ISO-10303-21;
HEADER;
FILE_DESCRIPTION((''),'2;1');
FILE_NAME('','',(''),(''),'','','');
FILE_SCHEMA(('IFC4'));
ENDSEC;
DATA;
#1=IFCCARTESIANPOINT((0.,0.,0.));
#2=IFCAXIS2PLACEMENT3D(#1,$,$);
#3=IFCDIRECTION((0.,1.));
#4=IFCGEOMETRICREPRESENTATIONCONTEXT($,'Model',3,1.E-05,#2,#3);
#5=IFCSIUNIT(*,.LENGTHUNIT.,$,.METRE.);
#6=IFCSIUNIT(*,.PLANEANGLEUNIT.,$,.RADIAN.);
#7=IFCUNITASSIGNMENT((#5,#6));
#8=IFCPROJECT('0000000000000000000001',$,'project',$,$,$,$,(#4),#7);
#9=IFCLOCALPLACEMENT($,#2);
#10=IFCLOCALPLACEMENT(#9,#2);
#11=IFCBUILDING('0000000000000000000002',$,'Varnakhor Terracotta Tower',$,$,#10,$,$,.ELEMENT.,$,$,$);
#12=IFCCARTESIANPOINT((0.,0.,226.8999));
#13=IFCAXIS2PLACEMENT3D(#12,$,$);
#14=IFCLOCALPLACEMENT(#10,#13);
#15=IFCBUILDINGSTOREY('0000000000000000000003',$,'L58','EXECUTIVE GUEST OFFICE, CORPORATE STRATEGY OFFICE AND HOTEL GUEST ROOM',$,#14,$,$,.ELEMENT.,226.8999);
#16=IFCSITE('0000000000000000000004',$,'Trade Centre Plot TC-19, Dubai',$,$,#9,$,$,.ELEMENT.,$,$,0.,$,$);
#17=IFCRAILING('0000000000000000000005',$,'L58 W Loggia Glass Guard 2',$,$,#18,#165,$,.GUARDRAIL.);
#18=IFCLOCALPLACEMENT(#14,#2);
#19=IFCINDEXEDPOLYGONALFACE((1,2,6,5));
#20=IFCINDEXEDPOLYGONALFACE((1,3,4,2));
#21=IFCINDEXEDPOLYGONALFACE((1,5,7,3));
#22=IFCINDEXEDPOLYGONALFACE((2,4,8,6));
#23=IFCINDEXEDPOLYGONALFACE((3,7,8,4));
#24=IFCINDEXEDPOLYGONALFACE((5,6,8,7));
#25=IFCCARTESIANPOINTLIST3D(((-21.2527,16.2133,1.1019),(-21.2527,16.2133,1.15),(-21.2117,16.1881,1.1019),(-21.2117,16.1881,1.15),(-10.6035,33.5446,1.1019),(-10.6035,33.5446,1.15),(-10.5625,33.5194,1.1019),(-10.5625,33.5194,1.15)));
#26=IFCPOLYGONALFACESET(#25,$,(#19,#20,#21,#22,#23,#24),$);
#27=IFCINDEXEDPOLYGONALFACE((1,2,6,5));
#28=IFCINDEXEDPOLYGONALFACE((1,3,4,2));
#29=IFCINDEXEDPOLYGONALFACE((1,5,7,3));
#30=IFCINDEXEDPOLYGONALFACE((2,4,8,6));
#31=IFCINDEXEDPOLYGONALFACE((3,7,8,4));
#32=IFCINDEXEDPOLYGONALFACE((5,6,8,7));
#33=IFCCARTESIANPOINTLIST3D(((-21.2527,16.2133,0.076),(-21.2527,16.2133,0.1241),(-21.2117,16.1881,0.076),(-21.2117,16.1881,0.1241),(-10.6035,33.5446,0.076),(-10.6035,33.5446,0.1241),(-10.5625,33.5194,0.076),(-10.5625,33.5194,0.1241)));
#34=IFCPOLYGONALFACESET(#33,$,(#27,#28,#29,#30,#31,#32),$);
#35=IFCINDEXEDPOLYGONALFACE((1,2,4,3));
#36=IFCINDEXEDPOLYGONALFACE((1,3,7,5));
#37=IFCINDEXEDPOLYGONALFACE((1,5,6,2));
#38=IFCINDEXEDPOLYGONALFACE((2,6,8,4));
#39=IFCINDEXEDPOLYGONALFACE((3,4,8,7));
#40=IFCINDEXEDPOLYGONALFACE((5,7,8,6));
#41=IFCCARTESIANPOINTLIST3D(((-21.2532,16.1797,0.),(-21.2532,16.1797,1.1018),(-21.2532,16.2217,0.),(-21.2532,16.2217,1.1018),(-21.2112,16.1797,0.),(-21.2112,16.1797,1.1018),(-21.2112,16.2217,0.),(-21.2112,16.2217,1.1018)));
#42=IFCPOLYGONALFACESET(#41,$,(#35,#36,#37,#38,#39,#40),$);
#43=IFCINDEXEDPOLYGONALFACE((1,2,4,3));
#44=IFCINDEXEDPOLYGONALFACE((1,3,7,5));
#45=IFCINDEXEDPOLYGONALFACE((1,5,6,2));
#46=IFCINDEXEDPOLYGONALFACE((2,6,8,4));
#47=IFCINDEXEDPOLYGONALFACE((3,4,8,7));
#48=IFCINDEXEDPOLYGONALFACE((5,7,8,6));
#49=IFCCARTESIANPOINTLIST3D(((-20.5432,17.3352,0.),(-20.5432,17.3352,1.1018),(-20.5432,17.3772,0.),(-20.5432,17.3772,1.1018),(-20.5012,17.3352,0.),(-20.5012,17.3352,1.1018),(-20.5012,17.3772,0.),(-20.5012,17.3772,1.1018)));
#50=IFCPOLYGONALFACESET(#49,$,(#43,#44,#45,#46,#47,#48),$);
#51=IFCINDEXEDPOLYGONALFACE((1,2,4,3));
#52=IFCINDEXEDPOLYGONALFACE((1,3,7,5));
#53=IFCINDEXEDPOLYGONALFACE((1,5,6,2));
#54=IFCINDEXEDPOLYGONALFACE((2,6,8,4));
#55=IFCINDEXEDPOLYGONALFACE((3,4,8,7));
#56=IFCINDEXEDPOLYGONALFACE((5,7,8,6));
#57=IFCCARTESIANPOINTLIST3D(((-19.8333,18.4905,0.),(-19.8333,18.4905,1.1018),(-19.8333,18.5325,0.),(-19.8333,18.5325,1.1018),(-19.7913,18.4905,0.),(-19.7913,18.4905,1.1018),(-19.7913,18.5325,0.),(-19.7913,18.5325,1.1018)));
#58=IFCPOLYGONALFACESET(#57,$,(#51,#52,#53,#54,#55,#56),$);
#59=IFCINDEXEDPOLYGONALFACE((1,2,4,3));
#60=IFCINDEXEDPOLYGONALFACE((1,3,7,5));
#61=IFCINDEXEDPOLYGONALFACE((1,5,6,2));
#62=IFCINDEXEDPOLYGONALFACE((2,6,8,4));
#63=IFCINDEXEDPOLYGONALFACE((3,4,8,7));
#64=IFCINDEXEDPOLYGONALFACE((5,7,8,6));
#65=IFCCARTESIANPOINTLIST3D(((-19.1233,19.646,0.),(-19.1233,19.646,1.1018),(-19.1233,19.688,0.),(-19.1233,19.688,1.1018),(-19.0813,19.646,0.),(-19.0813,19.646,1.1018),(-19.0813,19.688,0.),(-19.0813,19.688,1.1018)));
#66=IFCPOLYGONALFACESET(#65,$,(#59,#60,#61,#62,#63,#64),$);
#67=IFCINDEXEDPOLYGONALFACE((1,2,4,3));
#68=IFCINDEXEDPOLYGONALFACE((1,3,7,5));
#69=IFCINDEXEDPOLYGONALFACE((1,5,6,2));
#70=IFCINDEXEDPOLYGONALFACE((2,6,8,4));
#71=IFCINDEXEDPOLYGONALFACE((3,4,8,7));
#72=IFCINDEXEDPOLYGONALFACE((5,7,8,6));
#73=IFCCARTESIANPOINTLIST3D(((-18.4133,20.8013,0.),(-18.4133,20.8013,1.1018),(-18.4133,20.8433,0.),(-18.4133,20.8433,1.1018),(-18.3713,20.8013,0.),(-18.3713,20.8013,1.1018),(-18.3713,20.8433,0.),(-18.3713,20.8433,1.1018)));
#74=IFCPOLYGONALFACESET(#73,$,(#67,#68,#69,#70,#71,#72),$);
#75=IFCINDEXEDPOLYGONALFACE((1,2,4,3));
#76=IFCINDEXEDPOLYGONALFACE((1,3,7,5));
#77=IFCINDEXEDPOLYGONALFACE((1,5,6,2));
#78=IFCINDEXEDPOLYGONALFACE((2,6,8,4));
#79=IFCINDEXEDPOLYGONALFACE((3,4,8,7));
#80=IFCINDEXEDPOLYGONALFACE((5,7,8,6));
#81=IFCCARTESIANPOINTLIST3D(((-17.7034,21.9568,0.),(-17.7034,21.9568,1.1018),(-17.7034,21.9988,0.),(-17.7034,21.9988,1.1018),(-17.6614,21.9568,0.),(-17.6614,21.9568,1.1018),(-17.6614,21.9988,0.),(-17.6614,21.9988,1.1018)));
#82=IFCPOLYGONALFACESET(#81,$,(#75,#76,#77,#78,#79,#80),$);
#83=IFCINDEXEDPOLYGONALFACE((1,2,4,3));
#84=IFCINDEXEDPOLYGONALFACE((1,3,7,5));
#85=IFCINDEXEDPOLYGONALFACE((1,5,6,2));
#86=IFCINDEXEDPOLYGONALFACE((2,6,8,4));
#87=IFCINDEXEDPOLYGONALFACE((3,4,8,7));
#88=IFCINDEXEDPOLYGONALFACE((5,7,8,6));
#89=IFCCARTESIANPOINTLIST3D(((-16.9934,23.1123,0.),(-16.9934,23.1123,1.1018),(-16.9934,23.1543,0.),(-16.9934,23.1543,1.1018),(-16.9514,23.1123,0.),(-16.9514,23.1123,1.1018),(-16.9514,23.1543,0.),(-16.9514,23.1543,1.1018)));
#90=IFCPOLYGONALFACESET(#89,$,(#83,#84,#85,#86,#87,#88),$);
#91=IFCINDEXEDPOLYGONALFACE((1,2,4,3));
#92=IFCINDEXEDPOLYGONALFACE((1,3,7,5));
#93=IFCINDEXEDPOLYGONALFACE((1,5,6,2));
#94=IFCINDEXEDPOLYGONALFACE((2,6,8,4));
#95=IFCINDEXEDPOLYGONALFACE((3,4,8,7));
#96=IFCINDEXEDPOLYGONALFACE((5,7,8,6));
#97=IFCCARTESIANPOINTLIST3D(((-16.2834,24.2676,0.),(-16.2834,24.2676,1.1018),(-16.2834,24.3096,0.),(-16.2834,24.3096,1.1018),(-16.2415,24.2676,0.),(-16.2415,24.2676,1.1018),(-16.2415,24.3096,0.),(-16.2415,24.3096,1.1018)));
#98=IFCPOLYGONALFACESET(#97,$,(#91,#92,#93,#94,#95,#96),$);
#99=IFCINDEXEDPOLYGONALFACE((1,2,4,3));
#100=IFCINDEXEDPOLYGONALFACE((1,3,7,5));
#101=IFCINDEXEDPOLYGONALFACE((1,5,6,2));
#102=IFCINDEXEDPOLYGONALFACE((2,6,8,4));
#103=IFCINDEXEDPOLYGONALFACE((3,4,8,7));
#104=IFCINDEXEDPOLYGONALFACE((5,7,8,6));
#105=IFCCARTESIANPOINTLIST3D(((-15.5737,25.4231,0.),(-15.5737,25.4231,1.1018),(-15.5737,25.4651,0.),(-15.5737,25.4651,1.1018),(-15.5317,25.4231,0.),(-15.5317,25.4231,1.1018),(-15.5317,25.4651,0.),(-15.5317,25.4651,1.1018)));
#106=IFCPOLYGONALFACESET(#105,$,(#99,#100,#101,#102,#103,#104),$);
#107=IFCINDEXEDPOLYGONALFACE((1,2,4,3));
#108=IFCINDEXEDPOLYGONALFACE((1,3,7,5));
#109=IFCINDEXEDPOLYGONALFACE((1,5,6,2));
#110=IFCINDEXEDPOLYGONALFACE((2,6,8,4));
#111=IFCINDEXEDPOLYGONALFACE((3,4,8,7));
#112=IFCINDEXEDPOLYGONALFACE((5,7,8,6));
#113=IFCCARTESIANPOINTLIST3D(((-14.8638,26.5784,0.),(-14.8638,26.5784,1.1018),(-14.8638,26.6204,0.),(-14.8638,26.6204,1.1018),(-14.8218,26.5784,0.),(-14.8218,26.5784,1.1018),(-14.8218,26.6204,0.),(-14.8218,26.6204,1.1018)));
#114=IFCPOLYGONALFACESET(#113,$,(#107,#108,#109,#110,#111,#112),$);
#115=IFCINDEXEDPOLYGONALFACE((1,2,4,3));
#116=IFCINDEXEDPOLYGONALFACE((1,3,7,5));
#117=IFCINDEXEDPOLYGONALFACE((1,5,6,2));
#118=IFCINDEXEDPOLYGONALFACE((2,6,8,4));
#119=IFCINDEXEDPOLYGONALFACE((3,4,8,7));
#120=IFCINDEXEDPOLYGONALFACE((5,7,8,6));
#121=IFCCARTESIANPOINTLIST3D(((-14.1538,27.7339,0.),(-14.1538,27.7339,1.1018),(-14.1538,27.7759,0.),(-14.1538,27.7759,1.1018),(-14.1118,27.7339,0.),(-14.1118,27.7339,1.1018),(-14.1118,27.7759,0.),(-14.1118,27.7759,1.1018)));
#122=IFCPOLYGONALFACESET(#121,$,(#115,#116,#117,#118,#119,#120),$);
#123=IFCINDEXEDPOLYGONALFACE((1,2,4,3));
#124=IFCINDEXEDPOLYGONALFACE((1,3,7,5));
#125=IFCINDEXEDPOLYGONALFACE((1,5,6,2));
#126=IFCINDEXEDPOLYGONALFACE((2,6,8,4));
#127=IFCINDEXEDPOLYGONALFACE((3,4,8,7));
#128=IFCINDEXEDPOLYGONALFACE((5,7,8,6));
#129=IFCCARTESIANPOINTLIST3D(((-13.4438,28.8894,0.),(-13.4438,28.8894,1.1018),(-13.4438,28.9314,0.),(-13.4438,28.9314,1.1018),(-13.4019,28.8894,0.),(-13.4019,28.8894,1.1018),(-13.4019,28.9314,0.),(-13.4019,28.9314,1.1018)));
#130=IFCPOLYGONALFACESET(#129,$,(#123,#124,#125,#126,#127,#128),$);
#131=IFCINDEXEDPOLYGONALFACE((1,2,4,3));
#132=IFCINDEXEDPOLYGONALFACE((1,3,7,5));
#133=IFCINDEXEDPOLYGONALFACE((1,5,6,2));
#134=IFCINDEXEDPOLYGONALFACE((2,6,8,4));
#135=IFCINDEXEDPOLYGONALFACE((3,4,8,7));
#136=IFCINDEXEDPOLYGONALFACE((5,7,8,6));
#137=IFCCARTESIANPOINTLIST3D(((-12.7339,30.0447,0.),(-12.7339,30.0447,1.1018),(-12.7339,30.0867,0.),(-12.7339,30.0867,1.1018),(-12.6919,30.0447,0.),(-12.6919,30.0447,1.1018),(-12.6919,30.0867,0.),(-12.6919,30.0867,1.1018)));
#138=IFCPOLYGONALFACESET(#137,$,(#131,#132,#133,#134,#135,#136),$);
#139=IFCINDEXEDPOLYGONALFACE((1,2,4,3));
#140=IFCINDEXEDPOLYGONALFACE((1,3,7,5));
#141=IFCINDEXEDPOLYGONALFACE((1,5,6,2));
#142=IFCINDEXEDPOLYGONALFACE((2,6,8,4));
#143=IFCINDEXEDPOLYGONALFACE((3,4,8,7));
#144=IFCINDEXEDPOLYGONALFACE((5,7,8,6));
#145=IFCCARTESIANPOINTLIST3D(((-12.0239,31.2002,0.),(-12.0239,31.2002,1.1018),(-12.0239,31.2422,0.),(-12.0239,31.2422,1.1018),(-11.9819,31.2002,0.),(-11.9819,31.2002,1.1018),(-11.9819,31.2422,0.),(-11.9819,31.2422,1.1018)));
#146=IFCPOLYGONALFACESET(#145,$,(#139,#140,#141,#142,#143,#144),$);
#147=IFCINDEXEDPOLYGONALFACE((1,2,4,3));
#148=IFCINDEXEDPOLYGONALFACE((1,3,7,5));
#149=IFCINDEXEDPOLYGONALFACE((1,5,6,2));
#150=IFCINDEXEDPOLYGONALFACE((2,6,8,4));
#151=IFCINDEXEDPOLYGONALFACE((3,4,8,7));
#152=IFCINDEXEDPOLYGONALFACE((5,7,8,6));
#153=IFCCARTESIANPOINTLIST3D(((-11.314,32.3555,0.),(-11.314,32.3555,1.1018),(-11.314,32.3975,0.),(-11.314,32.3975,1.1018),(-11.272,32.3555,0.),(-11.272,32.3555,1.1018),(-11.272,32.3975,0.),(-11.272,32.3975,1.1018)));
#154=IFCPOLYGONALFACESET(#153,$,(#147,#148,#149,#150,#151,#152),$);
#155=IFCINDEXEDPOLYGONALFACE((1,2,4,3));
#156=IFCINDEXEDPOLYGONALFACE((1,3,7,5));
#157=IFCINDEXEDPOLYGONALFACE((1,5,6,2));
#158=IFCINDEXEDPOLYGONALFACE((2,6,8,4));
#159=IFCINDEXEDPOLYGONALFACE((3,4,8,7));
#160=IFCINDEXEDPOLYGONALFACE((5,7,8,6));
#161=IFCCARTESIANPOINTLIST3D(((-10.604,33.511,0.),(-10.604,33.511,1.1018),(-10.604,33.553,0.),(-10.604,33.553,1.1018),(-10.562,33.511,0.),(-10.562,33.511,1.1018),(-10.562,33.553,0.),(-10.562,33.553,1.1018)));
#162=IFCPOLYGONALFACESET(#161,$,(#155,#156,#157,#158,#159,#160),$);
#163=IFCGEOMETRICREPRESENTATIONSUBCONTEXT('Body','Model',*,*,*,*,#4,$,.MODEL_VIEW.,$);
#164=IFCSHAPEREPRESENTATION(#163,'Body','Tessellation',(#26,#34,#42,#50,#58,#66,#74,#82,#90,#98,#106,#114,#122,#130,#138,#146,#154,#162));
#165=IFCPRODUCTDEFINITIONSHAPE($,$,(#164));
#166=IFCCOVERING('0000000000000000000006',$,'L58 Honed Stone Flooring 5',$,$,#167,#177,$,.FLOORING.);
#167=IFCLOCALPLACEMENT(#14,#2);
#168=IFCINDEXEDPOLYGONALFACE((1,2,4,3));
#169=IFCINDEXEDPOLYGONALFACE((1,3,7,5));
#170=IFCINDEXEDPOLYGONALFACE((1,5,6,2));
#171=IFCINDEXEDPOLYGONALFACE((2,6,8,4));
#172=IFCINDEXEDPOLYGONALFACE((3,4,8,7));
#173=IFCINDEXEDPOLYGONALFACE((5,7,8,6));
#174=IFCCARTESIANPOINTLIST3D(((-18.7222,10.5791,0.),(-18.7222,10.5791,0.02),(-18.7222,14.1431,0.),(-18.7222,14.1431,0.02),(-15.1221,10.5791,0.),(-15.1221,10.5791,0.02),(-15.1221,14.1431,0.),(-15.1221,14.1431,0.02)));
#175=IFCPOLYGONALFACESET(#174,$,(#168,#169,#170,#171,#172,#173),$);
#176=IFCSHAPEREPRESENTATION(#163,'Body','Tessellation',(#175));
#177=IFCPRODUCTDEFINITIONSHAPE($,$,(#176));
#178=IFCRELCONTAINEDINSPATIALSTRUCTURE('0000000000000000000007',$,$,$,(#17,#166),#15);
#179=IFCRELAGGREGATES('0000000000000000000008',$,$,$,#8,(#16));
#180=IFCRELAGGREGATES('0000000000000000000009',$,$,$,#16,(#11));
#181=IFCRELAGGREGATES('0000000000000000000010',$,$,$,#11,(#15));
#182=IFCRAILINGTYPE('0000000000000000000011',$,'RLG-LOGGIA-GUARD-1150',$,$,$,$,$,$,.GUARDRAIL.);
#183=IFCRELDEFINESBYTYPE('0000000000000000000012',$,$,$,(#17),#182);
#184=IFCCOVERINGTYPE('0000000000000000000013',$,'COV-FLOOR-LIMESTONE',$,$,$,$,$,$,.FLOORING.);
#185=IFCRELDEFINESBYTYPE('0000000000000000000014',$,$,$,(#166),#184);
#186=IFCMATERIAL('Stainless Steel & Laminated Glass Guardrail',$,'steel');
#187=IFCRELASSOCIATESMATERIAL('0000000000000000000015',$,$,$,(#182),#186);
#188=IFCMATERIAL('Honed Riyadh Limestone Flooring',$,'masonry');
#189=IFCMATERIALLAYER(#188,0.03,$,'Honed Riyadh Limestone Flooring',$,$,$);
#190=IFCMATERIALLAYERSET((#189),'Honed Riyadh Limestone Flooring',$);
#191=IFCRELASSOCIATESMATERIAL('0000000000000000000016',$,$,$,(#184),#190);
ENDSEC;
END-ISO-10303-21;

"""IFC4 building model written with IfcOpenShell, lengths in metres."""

from ifc_helpers import new_model, si_unit, direction, frame, origin, origin_2d, place, context, subcontext, project, spatial, rectangle, extrude, source, transform, mapped, material, layer, layer_set, type_object, element, save


model = new_model("IFC4")

# Units and contexts
model_context = context("Model", 3, precision=1e-05, world=origin(), true_north=direction((0.0, 1.0)))
body_context = subcontext(model_context, "Body", "Model", "MODEL_VIEW")
ifc_project = project(units=[si_unit("LENGTHUNIT", "METRE"), si_unit("PLANEANGLEUNIT", "RADIAN")], contexts=[model_context])

# Site, building, storey
site_placement = place(None, origin())
site = spatial("IfcSite", under=ifc_project, at=site_placement, Name="Trade Centre Plot TC-19, Dubai", CompositionType="ELEMENT", RefElevation=0.0)
building_placement = place(site_placement, origin())
building = spatial("IfcBuilding", under=site, at=building_placement, Name="Varnakhor Terracotta Tower", CompositionType="ELEMENT")
storey_placement = place(building_placement, frame((0.0, 0.0, 226.8999)))
storey = spatial("IfcBuildingStorey", under=building, at=storey_placement, Name="L58", Description="EXECUTIVE GUEST OFFICE, CORPORATE STRATEGY OFFICE AND HOTEL GUEST ROOM", CompositionType="ELEMENT", Elevation=226.8999)

# Railing
ifc_material_1 = material(Name="Stainless Steel & Laminated Glass Guardrail", Category="steel")
railing_type = type_object("IfcRailingType", Name="RLG-LOGGIA-GUARD-1150", PredefinedType="GUARDRAIL", material=ifc_material_1)
railing_1_placement = place(storey_placement, frame((-21.2322, 16.2007, 0.0)))
element("IfcRailing", 1, at=railing_1_placement, inside=storey, type_object=railing_type, Name="L58 W Loggia Glass Guard 2", PredefinedType="GUARDRAIL", context=body_context, shape_type="SweptSolid", body=[
    extrude(rectangle(XDim=0.0481, YDim=0.0481, at=origin_2d()), frame((0.0, 0.0, 1.126), z_axis=(0.523518, 0.852015, 0.0), x_axis=(-0.852015, 0.523518, 0.0)), (0.0, 0.0, 1.0), 20.3416),
    extrude(rectangle(XDim=0.0481, YDim=0.0481, at=origin_2d()), frame((0.0, 0.0, 0.1001), z_axis=(0.523518, 0.852015, 0.0), x_axis=(-0.852015, 0.523518, 0.0)), (0.0, 0.0, 1.0), 20.3416),
    extrude(rectangle(XDim=0.042, YDim=0.042, at=origin_2d()), origin(), (0.0, 0.0, 1.0), 1.1018),
    extrude(rectangle(XDim=0.042, YDim=0.042, at=origin_2d()), frame((0.71, 1.1555, 0.0)), (0.0, 0.0, 1.0), 1.1018),
    extrude(rectangle(XDim=0.042, YDim=0.042, at=origin_2d()), frame((1.4199, 2.3108, 0.0)), (0.0, 0.0, 1.0), 1.1018),
    extrude(rectangle(XDim=0.042, YDim=0.042, at=origin_2d()), frame((2.1299, 3.4663, 0.0)), (0.0, 0.0, 1.0), 1.1018),
    extrude(rectangle(XDim=0.042, YDim=0.042, at=origin_2d()), frame((2.8398, 4.6216, 0.0)), (0.0, 0.0, 1.0), 1.1018),
    extrude(rectangle(XDim=0.042, YDim=0.042, at=origin_2d()), frame((3.5498, 5.7771, 0.0)), (0.0, 0.0, 1.0), 1.1018),
    extrude(rectangle(XDim=0.042, YDim=0.042, at=origin_2d()), frame((4.2598, 6.9326, 0.0)), (0.0, 0.0, 1.0), 1.1018),
    extrude(rectangle(XDim=0.042, YDim=0.042, at=origin_2d()), frame((4.9697, 8.0879, 0.0)), (0.0, 0.0, 1.0), 1.1018),
    extrude(rectangle(XDim=0.042, YDim=0.042, at=origin_2d()), frame((5.6794, 9.2434, 0.0)), (0.0, 0.0, 1.0), 1.1018),
    extrude(rectangle(XDim=0.042, YDim=0.042, at=origin_2d()), frame((6.3894, 10.3987, 0.0)), (0.0, 0.0, 1.0), 1.1018),
    extrude(rectangle(XDim=0.042, YDim=0.042, at=origin_2d()), frame((7.0994, 11.5542, 0.0)), (0.0, 0.0, 1.0), 1.1018),
    extrude(rectangle(XDim=0.042, YDim=0.042, at=origin_2d()), frame((7.8093, 12.7097, 0.0)), (0.0, 0.0, 1.0), 1.1018),
    extrude(rectangle(XDim=0.042, YDim=0.042, at=origin_2d()), frame((8.5193, 13.865, 0.0)), (0.0, 0.0, 1.0), 1.1018),
    extrude(rectangle(XDim=0.042, YDim=0.042, at=origin_2d()), frame((9.2292, 15.0205, 0.0)), (0.0, 0.0, 1.0), 1.1018),
    extrude(rectangle(XDim=0.042, YDim=0.042, at=origin_2d()), frame((9.9392, 16.1758, 0.0)), (0.0, 0.0, 1.0), 1.1018),
    extrude(rectangle(XDim=0.042, YDim=0.042, at=origin_2d()), frame((10.6492, 17.3313, 0.0)), (0.0, 0.0, 1.0), 1.1018),
])

# Covering
ifc_material_2 = material(Name="Honed Riyadh Limestone Flooring", Category="masonry")
ifc_layer_1 = layer(ifc_material_2, 0.03, Name="Honed Riyadh Limestone Flooring")
ifc_layer_set_1 = layer_set([ifc_layer_1], Name="Honed Riyadh Limestone Flooring")
covering_type = type_object("IfcCoveringType", Name="COV-FLOOR-LIMESTONE", PredefinedType="FLOORING", material=ifc_layer_set_1)
shared_shape_1 = source(origin(), body_context, "Body", "SweptSolid", [
    extrude(rectangle(XDim=3.6001, YDim=3.564, at=origin_2d()), origin(), (0.0, 0.0, 1.0), 0.02),
])
covering_placement = place(storey_placement, frame((-16.9221, 12.3611, 0.0), z_axis=(0.0, 0.0, 1.0), x_axis=(1.0, 0.0, 0.0)))
element("IfcCovering", 2, at=covering_placement, inside=storey, type_object=covering_type, Name="L58 Honed Stone Flooring 5", PredefinedType="FLOORING", context=body_context, shape_type="MappedRepresentation", body=[
    mapped(shared_shape_1, transform((0.0, 0.0, 0.0), scale=1.0)),
])

save(model, "model.ifc")
